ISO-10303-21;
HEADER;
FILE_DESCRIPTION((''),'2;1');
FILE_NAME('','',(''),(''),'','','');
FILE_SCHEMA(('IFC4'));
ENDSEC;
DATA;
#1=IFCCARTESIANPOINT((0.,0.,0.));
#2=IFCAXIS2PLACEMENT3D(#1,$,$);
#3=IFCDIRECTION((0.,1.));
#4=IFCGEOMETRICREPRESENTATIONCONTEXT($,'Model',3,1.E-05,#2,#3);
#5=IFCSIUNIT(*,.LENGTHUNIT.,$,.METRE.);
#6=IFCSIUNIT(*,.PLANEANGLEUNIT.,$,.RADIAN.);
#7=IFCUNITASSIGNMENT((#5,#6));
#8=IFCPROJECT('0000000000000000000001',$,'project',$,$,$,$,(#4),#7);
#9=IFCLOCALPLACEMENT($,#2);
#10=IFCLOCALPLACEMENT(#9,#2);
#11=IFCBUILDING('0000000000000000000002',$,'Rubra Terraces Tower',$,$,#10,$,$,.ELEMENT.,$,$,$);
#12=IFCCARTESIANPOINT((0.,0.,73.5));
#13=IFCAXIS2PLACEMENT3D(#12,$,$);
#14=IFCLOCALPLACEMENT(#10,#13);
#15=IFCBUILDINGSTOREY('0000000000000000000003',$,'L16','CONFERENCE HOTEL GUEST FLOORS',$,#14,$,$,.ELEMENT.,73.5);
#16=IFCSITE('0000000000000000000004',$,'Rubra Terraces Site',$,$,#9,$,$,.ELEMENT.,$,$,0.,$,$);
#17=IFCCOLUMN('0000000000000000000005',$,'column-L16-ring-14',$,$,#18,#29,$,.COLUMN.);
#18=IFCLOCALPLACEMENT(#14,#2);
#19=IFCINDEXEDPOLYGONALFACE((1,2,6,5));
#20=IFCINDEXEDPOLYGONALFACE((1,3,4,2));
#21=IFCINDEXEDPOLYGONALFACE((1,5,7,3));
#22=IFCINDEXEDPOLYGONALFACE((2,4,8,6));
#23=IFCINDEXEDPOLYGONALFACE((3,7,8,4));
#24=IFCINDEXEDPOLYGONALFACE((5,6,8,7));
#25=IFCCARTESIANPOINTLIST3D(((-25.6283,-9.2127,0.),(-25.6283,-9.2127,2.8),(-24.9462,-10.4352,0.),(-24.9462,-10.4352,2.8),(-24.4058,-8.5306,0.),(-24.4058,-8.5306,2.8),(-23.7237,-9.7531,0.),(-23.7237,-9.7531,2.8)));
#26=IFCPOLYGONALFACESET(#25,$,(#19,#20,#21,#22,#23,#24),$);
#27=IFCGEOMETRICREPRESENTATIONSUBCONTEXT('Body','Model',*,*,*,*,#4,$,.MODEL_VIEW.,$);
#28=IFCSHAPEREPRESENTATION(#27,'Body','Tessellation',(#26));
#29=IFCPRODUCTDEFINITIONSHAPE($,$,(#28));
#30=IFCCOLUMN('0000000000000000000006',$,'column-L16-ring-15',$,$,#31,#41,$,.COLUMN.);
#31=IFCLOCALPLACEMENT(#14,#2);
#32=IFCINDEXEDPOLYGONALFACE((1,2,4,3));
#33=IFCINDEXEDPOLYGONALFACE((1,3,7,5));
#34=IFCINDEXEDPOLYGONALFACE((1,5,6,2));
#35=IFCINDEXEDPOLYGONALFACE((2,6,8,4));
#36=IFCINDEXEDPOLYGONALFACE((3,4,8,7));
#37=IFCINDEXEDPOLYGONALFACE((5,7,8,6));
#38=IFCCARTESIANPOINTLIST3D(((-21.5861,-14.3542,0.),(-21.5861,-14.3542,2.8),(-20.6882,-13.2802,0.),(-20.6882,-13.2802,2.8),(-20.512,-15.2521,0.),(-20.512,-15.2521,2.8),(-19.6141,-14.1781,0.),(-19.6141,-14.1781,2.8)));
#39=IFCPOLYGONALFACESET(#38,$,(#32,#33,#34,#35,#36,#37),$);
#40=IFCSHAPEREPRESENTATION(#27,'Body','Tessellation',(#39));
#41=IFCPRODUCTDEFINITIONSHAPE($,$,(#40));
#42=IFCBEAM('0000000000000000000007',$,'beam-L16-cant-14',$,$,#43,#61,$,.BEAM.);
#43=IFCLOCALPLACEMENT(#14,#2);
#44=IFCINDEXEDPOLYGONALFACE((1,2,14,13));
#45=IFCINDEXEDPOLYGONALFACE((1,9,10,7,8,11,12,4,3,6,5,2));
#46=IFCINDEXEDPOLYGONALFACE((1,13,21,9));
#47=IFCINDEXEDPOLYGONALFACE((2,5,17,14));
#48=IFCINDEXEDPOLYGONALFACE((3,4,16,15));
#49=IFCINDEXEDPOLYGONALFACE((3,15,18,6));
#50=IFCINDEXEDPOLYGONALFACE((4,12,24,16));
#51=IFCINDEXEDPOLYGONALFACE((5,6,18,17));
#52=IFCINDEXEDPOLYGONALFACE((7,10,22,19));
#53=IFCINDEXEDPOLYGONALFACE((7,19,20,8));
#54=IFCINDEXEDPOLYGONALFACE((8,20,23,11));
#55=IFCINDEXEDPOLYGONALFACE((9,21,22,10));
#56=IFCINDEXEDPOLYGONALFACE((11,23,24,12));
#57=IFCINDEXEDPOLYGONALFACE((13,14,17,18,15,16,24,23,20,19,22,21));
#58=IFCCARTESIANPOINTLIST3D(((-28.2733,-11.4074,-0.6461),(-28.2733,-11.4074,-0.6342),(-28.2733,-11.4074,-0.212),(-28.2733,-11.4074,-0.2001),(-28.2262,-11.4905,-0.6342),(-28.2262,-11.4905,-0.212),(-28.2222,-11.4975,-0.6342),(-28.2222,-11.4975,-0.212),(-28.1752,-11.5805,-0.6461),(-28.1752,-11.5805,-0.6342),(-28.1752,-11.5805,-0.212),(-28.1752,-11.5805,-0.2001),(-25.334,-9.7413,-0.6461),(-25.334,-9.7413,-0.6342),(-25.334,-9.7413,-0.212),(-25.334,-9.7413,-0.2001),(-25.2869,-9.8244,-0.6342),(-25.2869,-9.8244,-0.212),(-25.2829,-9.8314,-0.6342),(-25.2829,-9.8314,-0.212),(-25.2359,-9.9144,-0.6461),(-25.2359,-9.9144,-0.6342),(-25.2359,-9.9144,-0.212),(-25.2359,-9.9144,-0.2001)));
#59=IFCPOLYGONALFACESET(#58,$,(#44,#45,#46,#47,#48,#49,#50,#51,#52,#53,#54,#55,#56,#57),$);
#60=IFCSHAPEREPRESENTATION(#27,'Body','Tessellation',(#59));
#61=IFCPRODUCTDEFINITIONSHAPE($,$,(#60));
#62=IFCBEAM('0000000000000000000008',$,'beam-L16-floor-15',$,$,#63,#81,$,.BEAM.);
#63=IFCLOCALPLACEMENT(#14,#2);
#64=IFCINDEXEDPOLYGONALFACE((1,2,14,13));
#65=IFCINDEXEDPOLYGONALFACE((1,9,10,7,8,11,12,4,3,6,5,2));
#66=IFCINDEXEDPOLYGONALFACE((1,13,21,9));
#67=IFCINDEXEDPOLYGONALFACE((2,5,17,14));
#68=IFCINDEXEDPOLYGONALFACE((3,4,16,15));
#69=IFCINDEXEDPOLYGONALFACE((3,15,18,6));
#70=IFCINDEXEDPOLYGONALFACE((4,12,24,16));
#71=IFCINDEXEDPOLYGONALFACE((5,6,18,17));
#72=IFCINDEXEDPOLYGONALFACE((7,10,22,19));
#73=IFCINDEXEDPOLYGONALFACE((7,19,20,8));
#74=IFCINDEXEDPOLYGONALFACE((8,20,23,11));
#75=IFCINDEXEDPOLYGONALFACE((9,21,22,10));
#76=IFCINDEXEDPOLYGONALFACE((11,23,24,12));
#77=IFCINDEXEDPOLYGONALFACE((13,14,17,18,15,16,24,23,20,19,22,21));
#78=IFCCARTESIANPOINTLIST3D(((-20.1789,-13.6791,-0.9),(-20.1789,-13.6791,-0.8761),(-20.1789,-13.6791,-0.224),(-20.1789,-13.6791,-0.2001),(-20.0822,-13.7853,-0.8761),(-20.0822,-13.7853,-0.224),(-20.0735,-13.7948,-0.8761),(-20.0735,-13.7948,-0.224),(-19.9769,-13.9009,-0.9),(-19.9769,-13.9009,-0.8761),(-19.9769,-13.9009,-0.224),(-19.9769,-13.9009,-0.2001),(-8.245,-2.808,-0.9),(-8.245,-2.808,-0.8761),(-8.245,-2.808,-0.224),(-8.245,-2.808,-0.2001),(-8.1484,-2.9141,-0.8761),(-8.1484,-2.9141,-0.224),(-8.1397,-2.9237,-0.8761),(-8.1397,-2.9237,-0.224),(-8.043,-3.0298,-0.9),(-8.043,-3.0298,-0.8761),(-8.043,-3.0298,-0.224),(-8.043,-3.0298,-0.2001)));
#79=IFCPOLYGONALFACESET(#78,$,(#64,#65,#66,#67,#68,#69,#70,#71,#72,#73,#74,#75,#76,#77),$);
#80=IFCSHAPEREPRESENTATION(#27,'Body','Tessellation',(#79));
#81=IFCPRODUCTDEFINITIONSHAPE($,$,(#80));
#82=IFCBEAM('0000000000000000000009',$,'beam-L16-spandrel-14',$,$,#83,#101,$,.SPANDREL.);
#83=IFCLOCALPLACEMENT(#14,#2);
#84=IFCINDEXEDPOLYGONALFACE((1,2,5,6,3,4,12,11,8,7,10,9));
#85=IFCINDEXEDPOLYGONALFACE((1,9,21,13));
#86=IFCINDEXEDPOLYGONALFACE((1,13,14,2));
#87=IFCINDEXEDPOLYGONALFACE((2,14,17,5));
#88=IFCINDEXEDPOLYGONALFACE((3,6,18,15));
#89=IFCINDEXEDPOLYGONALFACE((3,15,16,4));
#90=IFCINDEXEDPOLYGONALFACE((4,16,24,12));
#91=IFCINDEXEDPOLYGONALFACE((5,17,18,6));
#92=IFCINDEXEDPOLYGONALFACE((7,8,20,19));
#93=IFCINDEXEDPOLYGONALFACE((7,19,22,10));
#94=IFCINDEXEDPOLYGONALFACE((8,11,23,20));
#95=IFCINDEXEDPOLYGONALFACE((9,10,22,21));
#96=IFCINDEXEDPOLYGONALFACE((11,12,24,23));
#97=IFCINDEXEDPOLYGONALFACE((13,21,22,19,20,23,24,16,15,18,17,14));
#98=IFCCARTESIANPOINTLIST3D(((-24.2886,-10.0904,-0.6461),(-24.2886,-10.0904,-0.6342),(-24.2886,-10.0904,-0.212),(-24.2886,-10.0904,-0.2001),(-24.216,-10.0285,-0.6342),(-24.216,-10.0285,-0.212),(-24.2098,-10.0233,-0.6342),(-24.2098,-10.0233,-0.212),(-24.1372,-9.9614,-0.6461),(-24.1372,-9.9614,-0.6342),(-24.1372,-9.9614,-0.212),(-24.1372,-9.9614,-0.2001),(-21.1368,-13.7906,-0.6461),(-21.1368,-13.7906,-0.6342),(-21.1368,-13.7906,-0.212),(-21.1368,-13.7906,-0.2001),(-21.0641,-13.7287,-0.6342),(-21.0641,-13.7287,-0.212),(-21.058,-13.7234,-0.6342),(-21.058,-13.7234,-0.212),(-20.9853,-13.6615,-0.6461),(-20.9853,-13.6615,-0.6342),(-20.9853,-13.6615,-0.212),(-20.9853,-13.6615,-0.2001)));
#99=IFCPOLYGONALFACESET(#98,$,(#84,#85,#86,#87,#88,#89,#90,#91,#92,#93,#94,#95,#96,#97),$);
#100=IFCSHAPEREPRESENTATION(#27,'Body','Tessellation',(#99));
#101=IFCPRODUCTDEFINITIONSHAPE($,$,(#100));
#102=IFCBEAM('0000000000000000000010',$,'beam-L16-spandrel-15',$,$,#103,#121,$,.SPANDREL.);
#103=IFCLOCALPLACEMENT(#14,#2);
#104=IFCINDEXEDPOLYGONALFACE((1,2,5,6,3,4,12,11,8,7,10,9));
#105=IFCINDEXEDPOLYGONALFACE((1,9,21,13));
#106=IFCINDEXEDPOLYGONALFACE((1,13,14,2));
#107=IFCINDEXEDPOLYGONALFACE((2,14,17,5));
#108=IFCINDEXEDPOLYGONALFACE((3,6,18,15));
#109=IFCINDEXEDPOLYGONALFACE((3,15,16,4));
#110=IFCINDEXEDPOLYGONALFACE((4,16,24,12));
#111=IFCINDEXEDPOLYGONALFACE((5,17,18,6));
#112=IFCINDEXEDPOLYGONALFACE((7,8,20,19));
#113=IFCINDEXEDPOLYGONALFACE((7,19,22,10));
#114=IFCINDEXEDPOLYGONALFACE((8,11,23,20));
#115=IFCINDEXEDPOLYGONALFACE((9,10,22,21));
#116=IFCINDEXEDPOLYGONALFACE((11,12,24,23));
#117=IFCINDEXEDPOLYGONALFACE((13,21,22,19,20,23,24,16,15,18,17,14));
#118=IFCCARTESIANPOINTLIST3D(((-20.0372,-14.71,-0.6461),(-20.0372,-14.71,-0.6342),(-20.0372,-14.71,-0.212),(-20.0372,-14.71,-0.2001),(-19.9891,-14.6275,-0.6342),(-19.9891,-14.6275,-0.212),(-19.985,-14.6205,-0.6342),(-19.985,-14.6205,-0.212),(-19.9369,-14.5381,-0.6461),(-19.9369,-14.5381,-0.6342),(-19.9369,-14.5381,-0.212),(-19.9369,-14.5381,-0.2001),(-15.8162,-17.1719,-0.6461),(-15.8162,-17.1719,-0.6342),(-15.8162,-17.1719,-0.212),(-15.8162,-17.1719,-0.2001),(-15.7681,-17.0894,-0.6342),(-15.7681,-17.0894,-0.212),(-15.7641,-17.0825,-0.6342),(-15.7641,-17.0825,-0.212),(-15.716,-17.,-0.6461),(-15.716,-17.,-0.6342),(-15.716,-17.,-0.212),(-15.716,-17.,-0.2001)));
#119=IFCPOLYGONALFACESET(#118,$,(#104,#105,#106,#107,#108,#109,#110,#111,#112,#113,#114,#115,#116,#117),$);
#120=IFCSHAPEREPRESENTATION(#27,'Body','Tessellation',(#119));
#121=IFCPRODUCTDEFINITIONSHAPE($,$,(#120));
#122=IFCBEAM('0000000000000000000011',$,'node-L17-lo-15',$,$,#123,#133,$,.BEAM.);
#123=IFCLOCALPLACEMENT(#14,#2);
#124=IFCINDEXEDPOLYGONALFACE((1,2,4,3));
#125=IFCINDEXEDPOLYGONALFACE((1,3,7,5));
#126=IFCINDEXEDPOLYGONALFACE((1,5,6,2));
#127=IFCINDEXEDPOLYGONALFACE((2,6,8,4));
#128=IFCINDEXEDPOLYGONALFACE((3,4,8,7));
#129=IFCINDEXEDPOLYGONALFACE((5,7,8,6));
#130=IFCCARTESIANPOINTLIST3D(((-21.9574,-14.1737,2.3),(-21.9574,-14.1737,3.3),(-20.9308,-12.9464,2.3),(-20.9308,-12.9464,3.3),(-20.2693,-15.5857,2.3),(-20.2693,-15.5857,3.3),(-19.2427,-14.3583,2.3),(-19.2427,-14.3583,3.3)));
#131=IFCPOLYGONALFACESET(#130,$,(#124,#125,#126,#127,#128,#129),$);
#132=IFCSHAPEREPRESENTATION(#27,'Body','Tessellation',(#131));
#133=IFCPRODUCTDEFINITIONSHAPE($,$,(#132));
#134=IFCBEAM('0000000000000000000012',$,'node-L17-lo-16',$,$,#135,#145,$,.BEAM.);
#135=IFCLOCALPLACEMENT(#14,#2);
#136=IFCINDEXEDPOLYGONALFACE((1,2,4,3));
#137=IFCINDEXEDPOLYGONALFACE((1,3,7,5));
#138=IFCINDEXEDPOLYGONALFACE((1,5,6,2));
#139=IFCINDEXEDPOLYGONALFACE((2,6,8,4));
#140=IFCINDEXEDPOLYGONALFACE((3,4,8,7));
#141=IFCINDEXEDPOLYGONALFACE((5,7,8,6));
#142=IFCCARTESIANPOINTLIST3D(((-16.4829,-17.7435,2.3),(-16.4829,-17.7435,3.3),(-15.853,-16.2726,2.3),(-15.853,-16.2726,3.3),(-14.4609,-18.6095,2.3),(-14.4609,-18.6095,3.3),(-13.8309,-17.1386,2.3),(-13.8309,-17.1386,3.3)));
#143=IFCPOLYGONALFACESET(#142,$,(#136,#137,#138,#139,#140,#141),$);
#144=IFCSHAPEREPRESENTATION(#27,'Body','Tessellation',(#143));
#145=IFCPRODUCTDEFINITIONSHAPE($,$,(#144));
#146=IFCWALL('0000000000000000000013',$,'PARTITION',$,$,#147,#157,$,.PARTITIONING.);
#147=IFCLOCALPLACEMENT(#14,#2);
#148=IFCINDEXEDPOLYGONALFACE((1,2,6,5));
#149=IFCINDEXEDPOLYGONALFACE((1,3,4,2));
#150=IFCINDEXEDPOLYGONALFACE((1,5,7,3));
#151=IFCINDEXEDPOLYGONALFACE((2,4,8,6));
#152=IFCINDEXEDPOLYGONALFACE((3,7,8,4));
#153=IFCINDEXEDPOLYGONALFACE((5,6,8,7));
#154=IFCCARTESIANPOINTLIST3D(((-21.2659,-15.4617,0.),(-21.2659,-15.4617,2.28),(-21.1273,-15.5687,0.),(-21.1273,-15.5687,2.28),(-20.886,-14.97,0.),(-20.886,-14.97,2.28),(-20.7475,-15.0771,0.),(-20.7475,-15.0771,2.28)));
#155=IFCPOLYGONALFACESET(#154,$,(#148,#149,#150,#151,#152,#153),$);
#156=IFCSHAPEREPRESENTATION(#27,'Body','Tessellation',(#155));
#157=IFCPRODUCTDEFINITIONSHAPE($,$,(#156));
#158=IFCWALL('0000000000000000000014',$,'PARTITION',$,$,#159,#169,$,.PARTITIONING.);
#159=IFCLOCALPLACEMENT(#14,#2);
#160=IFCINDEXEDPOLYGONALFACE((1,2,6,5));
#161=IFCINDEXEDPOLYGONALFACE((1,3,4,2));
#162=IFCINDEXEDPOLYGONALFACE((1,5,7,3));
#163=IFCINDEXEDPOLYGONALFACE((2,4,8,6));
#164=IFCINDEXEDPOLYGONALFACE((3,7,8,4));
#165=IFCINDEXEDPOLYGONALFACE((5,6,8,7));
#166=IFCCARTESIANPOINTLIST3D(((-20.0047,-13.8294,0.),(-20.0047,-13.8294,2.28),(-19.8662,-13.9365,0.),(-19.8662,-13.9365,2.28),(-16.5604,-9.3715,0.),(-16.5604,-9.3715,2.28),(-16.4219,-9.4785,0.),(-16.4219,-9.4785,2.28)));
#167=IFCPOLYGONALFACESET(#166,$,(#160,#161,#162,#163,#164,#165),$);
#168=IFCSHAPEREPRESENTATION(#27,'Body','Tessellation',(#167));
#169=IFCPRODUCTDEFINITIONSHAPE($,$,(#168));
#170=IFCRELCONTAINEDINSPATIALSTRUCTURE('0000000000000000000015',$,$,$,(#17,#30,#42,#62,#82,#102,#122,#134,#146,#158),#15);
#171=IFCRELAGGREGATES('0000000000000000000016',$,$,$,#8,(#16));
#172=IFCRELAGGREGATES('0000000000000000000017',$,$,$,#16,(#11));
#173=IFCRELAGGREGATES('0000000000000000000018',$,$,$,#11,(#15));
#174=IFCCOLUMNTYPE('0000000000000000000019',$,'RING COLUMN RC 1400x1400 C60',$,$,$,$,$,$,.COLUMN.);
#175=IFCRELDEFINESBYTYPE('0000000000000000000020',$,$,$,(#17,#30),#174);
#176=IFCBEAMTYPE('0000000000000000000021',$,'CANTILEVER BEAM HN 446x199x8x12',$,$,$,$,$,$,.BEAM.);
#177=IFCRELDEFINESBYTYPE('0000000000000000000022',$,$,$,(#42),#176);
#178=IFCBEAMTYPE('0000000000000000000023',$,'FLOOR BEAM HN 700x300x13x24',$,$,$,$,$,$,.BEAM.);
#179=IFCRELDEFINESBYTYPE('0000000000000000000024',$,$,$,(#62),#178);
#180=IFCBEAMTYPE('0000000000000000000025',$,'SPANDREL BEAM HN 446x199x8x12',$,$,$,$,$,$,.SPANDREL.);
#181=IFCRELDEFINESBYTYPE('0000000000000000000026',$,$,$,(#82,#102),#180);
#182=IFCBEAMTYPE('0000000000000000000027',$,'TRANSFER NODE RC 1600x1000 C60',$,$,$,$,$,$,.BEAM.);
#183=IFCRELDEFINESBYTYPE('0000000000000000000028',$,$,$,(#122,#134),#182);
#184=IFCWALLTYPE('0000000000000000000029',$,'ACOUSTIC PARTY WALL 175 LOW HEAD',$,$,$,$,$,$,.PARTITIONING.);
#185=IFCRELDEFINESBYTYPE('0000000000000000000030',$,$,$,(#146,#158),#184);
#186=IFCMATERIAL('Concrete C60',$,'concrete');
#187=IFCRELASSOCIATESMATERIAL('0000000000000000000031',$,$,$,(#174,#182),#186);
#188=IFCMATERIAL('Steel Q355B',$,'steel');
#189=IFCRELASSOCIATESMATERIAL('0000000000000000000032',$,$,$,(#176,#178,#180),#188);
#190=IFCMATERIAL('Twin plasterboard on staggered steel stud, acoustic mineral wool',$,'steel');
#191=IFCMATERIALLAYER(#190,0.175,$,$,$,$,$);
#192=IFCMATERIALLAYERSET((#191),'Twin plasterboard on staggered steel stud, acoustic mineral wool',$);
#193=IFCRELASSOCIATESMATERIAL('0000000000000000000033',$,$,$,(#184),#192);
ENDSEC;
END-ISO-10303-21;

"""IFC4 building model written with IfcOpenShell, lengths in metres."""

from ifc_helpers import new_model, si_unit, direction, frame, frame_2d, origin, origin_2d, place, context, subcontext, project, spatial, rectangle, i_section, extrude, material, layer, layer_set, material_profile, profile_set, type_object, element, save


model = new_model("IFC4")

# Units and contexts
model_context = context("Model", 3, precision=1e-05, world=origin(), true_north=direction((0.0, 1.0)))
body_context = subcontext(model_context, "Body", "Model", "MODEL_VIEW")
ifc_project = project(units=[si_unit("LENGTHUNIT", "METRE"), si_unit("PLANEANGLEUNIT", "RADIAN")], contexts=[model_context])

# Site, building, storey
site_placement = place(None, origin())
site = spatial("IfcSite", under=ifc_project, at=site_placement, Name="Rubra Terraces Site", CompositionType="ELEMENT", RefElevation=0.0)
building_placement = place(site_placement, origin())
building = spatial("IfcBuilding", under=site, at=building_placement, Name="Rubra Terraces Tower", CompositionType="ELEMENT")
storey_placement = place(building_placement, frame((0.0, 0.0, 73.5)))
storey = spatial("IfcBuildingStorey", under=building, at=storey_placement, Name="L16", Description="CONFERENCE HOTEL GUEST FLOORS", CompositionType="ELEMENT", Elevation=73.5)

# Columns
ifc_material_1 = material(Name="Concrete C60", Category="concrete")
ifc_material_profile_1 = material_profile(ifc_material_1, rectangle(XDim=1.3999, YDim=1.3999, at=origin_2d()), Name="RC 1400x1400")
ifc_profile_set_1 = profile_set([ifc_material_profile_1], Name="Concrete C60")
column_type = type_object("IfcColumnType", Name="RING COLUMN RC 1400x1400 C60", PredefinedType="COLUMN", material=ifc_profile_set_1)
for number, where, z_axis, x_axis, name in (
    (1, (-24.676, -9.4829, 0.0), (0.0, 0.0, 1.0), (0.487227, -0.873276, 0.0), "column-L16-ring-14"),
    (2, (-20.6001, -14.2661, 0.0), (0.0, 0.0, 1.0), (0.76721, -0.641397, 0.0), "column-L16-ring-15"),
):
    element("IfcColumn", number, at=place(storey_placement, frame(where, z_axis=z_axis, x_axis=x_axis)), inside=storey, type_object=column_type, Name=name, PredefinedType="COLUMN", context=body_context, shape_type="SweptSolid", body=[
        extrude(rectangle(XDim=1.3999, YDim=1.3999, at=origin_2d()), origin(), (0.0, 0.0, 1.0), 2.8),
    ])

# Beams
ifc_material_2 = material(Name="Steel Q355B", Category="steel")
ifc_material_profile_2 = material_profile(ifc_material_2, i_section(OverallWidth=0.199, OverallDepth=0.446, WebThickness=0.0081, FlangeThickness=0.012, at=origin_2d()), Name="HN 446x199x8x12")
ifc_profile_set_2 = profile_set([ifc_material_profile_2], Name="Steel Q355B")
beam_type_1 = type_object("IfcBeamType", Name="CANTILEVER BEAM HN 446x199x8x12", PredefinedType="BEAM", material=ifc_profile_set_2)
beam_1_placement = place(storey_placement, frame((-25.2849, -9.8279, -0.4231), z_axis=(-0.869963, -0.493116, 0.0), x_axis=(0.493116, -0.869963, 0.0)))
element("IfcBeam", 3, at=beam_1_placement, inside=storey, type_object=beam_type_1, Name="beam-L16-cant-14", PredefinedType="BEAM", context=body_context, shape_type="SweptSolid", body=[
    extrude(i_section(OverallWidth=0.199, OverallDepth=0.446, WebThickness=0.0081, FlangeThickness=0.012, at=origin_2d()), origin(), (0.0, 0.0, 1.0), 3.3787),
])
ifc_material_profile_3 = material_profile(ifc_material_2, i_section(OverallWidth=0.3, OverallDepth=0.7, WebThickness=0.0129, FlangeThickness=0.0239, at=origin_2d()), Name="HN 700x300x13x24")
ifc_profile_set_3 = profile_set([ifc_material_profile_3], Name="Steel Q355B")
beam_type_2 = type_object("IfcBeamType", Name="FLOOR BEAM HN 700x300x13x24", PredefinedType="BEAM", material=ifc_profile_set_3)
beam_2_placement = place(storey_placement, frame((-20.0779, -13.79, -0.55), z_axis=(0.739257, 0.673424, 0.0), x_axis=(-0.673424, 0.739257, 0.0)))
element("IfcBeam", 4, at=beam_2_placement, inside=storey, type_object=beam_type_2, Name="beam-L16-floor-15", PredefinedType="BEAM", context=body_context, shape_type="SweptSolid", body=[
    extrude(i_section(OverallWidth=0.3, OverallDepth=0.7, WebThickness=0.0129, FlangeThickness=0.0239, at=origin_2d()), origin(), (0.0, 0.0, 1.0), 16.1431),
])
ifc_material_profile_4 = material_profile(ifc_material_2, i_section(OverallWidth=0.199, OverallDepth=0.446, WebThickness=0.0081, FlangeThickness=0.012, at=origin_2d()), Name="HN 446x199x8x12")
ifc_profile_set_4 = profile_set([ifc_material_profile_4], Name="Steel Q355B")
beam_type_3 = type_object("IfcBeamType", Name="SPANDREL BEAM HN 446x199x8x12", PredefinedType="SPANDREL", material=ifc_profile_set_4)
beam_3_placement = place(storey_placement, frame((-24.2129, -10.0259, -0.4231), z_axis=(0.648447, -0.76126, 0.0), x_axis=(0.76126, 0.648447, 0.0)))
element("IfcBeam", 5, at=beam_3_placement, inside=storey, type_object=beam_type_3, Name="beam-L16-spandrel-14", PredefinedType="SPANDREL", context=body_context, shape_type="SweptSolid", body=[
    extrude(i_section(OverallWidth=0.199, OverallDepth=0.446, WebThickness=0.0081, FlangeThickness=0.012, at=origin_2d()), origin(), (0.0, 0.0, 1.0), 4.8606),
])
beam_4_placement = place(storey_placement, frame((-19.9871, -14.624, -0.4231), z_axis=(0.863806, -0.503824, 0.0), x_axis=(0.503824, 0.863806, 0.0)))
element("IfcBeam", 6, at=beam_4_placement, inside=storey, type_object=beam_type_3, Name="beam-L16-spandrel-15", PredefinedType="SPANDREL", context=body_context, shape_type="SweptSolid", body=[
    extrude(i_section(OverallWidth=0.199, OverallDepth=0.446, WebThickness=0.0081, FlangeThickness=0.012, at=origin_2d()), origin(), (0.0, 0.0, 1.0), 4.8865),
])
ifc_material_profile_5 = material_profile(ifc_material_1, rectangle(XDim=1.6001, YDim=1.0, at=origin_2d()), Name="RC 1600x1000")
ifc_profile_set_5 = profile_set([ifc_material_profile_5], Name="Concrete C60")
beam_type_4 = type_object("IfcBeamType", Name="TRANSFER NODE RC 1600x1000 C60", PredefinedType="BEAM", material=ifc_profile_set_5)
beam_5_placement = place(storey_placement, frame((-21.4441, -13.5601, 2.8), z_axis=(0.767056, -0.64158, 0.0), x_axis=(0.64158, 0.767056, 0.0)))
element("IfcBeam", 7, at=beam_5_placement, inside=storey, type_object=beam_type_4, Name="node-L17-lo-15", PredefinedType="BEAM", context=body_context, shape_type="SweptSolid", body=[
    extrude(rectangle(XDim=1.6001, YDim=1.0, at=origin_2d()), origin(), (0.0, 0.0, 1.0), 2.2007),
])
beam_6_placement = place(storey_placement, frame((-16.168, -17.0081, 2.8), z_axis=(0.919243, -0.393692, 0.0), x_axis=(0.393692, 0.919243, 0.0)))
element("IfcBeam", 8, at=beam_6_placement, inside=storey, type_object=beam_type_4, Name="node-L17-lo-16", PredefinedType="BEAM", context=body_context, shape_type="SweptSolid", body=[
    extrude(rectangle(XDim=1.6001, YDim=1.0, at=origin_2d()), origin(), (0.0, 0.0, 1.0), 2.1997),
])

# Walls
ifc_material_3 = material(Name="Twin plasterboard on staggered steel stud, acoustic mineral wool", Category="steel")
ifc_layer_1 = layer(ifc_material_3, 0.175)
ifc_layer_set_1 = layer_set([ifc_layer_1], Name="Twin plasterboard on staggered steel stud, acoustic mineral wool")
wall_type_1 = type_object("IfcWallType", Name="ACOUSTIC PARTY WALL 175 LOW HEAD", PredefinedType="PARTITIONING", material=ifc_layer_set_1)
wall_1_placement = place(storey_placement, frame((-21.1965, -15.5151, 0.0), z_axis=(0.0, 0.0, 1.0), x_axis=(0.61138, 0.791337, 0.0)))
element("IfcWall", 9, at=wall_1_placement, inside=storey, type_object=wall_type_1, Name="PARTITION", PredefinedType="PARTITIONING", context=body_context, shape_type="SweptSolid", body=[
    extrude(rectangle(XDim=0.6213, YDim=0.175, at=frame_2d((0.3105, 0.0))), origin(), (0.0, 0.0, 1.0), 2.28),
])
wall_2_placement = place(storey_placement, frame((-19.9355, -13.8831, 0.0), z_axis=(0.0, 0.0, 1.0), x_axis=(0.611393, 0.791327, 0.0)))
element("IfcWall", 10, at=wall_2_placement, inside=storey, type_object=wall_type_1, Name="PARTITION", PredefinedType="PARTITIONING", context=body_context, shape_type="SweptSolid", body=[
    extrude(rectangle(XDim=5.6335, YDim=0.175, at=frame_2d((2.8169, 0.0))), origin(), (0.0, 0.0, 1.0), 2.28),
])

save(model, "model.ifc")
